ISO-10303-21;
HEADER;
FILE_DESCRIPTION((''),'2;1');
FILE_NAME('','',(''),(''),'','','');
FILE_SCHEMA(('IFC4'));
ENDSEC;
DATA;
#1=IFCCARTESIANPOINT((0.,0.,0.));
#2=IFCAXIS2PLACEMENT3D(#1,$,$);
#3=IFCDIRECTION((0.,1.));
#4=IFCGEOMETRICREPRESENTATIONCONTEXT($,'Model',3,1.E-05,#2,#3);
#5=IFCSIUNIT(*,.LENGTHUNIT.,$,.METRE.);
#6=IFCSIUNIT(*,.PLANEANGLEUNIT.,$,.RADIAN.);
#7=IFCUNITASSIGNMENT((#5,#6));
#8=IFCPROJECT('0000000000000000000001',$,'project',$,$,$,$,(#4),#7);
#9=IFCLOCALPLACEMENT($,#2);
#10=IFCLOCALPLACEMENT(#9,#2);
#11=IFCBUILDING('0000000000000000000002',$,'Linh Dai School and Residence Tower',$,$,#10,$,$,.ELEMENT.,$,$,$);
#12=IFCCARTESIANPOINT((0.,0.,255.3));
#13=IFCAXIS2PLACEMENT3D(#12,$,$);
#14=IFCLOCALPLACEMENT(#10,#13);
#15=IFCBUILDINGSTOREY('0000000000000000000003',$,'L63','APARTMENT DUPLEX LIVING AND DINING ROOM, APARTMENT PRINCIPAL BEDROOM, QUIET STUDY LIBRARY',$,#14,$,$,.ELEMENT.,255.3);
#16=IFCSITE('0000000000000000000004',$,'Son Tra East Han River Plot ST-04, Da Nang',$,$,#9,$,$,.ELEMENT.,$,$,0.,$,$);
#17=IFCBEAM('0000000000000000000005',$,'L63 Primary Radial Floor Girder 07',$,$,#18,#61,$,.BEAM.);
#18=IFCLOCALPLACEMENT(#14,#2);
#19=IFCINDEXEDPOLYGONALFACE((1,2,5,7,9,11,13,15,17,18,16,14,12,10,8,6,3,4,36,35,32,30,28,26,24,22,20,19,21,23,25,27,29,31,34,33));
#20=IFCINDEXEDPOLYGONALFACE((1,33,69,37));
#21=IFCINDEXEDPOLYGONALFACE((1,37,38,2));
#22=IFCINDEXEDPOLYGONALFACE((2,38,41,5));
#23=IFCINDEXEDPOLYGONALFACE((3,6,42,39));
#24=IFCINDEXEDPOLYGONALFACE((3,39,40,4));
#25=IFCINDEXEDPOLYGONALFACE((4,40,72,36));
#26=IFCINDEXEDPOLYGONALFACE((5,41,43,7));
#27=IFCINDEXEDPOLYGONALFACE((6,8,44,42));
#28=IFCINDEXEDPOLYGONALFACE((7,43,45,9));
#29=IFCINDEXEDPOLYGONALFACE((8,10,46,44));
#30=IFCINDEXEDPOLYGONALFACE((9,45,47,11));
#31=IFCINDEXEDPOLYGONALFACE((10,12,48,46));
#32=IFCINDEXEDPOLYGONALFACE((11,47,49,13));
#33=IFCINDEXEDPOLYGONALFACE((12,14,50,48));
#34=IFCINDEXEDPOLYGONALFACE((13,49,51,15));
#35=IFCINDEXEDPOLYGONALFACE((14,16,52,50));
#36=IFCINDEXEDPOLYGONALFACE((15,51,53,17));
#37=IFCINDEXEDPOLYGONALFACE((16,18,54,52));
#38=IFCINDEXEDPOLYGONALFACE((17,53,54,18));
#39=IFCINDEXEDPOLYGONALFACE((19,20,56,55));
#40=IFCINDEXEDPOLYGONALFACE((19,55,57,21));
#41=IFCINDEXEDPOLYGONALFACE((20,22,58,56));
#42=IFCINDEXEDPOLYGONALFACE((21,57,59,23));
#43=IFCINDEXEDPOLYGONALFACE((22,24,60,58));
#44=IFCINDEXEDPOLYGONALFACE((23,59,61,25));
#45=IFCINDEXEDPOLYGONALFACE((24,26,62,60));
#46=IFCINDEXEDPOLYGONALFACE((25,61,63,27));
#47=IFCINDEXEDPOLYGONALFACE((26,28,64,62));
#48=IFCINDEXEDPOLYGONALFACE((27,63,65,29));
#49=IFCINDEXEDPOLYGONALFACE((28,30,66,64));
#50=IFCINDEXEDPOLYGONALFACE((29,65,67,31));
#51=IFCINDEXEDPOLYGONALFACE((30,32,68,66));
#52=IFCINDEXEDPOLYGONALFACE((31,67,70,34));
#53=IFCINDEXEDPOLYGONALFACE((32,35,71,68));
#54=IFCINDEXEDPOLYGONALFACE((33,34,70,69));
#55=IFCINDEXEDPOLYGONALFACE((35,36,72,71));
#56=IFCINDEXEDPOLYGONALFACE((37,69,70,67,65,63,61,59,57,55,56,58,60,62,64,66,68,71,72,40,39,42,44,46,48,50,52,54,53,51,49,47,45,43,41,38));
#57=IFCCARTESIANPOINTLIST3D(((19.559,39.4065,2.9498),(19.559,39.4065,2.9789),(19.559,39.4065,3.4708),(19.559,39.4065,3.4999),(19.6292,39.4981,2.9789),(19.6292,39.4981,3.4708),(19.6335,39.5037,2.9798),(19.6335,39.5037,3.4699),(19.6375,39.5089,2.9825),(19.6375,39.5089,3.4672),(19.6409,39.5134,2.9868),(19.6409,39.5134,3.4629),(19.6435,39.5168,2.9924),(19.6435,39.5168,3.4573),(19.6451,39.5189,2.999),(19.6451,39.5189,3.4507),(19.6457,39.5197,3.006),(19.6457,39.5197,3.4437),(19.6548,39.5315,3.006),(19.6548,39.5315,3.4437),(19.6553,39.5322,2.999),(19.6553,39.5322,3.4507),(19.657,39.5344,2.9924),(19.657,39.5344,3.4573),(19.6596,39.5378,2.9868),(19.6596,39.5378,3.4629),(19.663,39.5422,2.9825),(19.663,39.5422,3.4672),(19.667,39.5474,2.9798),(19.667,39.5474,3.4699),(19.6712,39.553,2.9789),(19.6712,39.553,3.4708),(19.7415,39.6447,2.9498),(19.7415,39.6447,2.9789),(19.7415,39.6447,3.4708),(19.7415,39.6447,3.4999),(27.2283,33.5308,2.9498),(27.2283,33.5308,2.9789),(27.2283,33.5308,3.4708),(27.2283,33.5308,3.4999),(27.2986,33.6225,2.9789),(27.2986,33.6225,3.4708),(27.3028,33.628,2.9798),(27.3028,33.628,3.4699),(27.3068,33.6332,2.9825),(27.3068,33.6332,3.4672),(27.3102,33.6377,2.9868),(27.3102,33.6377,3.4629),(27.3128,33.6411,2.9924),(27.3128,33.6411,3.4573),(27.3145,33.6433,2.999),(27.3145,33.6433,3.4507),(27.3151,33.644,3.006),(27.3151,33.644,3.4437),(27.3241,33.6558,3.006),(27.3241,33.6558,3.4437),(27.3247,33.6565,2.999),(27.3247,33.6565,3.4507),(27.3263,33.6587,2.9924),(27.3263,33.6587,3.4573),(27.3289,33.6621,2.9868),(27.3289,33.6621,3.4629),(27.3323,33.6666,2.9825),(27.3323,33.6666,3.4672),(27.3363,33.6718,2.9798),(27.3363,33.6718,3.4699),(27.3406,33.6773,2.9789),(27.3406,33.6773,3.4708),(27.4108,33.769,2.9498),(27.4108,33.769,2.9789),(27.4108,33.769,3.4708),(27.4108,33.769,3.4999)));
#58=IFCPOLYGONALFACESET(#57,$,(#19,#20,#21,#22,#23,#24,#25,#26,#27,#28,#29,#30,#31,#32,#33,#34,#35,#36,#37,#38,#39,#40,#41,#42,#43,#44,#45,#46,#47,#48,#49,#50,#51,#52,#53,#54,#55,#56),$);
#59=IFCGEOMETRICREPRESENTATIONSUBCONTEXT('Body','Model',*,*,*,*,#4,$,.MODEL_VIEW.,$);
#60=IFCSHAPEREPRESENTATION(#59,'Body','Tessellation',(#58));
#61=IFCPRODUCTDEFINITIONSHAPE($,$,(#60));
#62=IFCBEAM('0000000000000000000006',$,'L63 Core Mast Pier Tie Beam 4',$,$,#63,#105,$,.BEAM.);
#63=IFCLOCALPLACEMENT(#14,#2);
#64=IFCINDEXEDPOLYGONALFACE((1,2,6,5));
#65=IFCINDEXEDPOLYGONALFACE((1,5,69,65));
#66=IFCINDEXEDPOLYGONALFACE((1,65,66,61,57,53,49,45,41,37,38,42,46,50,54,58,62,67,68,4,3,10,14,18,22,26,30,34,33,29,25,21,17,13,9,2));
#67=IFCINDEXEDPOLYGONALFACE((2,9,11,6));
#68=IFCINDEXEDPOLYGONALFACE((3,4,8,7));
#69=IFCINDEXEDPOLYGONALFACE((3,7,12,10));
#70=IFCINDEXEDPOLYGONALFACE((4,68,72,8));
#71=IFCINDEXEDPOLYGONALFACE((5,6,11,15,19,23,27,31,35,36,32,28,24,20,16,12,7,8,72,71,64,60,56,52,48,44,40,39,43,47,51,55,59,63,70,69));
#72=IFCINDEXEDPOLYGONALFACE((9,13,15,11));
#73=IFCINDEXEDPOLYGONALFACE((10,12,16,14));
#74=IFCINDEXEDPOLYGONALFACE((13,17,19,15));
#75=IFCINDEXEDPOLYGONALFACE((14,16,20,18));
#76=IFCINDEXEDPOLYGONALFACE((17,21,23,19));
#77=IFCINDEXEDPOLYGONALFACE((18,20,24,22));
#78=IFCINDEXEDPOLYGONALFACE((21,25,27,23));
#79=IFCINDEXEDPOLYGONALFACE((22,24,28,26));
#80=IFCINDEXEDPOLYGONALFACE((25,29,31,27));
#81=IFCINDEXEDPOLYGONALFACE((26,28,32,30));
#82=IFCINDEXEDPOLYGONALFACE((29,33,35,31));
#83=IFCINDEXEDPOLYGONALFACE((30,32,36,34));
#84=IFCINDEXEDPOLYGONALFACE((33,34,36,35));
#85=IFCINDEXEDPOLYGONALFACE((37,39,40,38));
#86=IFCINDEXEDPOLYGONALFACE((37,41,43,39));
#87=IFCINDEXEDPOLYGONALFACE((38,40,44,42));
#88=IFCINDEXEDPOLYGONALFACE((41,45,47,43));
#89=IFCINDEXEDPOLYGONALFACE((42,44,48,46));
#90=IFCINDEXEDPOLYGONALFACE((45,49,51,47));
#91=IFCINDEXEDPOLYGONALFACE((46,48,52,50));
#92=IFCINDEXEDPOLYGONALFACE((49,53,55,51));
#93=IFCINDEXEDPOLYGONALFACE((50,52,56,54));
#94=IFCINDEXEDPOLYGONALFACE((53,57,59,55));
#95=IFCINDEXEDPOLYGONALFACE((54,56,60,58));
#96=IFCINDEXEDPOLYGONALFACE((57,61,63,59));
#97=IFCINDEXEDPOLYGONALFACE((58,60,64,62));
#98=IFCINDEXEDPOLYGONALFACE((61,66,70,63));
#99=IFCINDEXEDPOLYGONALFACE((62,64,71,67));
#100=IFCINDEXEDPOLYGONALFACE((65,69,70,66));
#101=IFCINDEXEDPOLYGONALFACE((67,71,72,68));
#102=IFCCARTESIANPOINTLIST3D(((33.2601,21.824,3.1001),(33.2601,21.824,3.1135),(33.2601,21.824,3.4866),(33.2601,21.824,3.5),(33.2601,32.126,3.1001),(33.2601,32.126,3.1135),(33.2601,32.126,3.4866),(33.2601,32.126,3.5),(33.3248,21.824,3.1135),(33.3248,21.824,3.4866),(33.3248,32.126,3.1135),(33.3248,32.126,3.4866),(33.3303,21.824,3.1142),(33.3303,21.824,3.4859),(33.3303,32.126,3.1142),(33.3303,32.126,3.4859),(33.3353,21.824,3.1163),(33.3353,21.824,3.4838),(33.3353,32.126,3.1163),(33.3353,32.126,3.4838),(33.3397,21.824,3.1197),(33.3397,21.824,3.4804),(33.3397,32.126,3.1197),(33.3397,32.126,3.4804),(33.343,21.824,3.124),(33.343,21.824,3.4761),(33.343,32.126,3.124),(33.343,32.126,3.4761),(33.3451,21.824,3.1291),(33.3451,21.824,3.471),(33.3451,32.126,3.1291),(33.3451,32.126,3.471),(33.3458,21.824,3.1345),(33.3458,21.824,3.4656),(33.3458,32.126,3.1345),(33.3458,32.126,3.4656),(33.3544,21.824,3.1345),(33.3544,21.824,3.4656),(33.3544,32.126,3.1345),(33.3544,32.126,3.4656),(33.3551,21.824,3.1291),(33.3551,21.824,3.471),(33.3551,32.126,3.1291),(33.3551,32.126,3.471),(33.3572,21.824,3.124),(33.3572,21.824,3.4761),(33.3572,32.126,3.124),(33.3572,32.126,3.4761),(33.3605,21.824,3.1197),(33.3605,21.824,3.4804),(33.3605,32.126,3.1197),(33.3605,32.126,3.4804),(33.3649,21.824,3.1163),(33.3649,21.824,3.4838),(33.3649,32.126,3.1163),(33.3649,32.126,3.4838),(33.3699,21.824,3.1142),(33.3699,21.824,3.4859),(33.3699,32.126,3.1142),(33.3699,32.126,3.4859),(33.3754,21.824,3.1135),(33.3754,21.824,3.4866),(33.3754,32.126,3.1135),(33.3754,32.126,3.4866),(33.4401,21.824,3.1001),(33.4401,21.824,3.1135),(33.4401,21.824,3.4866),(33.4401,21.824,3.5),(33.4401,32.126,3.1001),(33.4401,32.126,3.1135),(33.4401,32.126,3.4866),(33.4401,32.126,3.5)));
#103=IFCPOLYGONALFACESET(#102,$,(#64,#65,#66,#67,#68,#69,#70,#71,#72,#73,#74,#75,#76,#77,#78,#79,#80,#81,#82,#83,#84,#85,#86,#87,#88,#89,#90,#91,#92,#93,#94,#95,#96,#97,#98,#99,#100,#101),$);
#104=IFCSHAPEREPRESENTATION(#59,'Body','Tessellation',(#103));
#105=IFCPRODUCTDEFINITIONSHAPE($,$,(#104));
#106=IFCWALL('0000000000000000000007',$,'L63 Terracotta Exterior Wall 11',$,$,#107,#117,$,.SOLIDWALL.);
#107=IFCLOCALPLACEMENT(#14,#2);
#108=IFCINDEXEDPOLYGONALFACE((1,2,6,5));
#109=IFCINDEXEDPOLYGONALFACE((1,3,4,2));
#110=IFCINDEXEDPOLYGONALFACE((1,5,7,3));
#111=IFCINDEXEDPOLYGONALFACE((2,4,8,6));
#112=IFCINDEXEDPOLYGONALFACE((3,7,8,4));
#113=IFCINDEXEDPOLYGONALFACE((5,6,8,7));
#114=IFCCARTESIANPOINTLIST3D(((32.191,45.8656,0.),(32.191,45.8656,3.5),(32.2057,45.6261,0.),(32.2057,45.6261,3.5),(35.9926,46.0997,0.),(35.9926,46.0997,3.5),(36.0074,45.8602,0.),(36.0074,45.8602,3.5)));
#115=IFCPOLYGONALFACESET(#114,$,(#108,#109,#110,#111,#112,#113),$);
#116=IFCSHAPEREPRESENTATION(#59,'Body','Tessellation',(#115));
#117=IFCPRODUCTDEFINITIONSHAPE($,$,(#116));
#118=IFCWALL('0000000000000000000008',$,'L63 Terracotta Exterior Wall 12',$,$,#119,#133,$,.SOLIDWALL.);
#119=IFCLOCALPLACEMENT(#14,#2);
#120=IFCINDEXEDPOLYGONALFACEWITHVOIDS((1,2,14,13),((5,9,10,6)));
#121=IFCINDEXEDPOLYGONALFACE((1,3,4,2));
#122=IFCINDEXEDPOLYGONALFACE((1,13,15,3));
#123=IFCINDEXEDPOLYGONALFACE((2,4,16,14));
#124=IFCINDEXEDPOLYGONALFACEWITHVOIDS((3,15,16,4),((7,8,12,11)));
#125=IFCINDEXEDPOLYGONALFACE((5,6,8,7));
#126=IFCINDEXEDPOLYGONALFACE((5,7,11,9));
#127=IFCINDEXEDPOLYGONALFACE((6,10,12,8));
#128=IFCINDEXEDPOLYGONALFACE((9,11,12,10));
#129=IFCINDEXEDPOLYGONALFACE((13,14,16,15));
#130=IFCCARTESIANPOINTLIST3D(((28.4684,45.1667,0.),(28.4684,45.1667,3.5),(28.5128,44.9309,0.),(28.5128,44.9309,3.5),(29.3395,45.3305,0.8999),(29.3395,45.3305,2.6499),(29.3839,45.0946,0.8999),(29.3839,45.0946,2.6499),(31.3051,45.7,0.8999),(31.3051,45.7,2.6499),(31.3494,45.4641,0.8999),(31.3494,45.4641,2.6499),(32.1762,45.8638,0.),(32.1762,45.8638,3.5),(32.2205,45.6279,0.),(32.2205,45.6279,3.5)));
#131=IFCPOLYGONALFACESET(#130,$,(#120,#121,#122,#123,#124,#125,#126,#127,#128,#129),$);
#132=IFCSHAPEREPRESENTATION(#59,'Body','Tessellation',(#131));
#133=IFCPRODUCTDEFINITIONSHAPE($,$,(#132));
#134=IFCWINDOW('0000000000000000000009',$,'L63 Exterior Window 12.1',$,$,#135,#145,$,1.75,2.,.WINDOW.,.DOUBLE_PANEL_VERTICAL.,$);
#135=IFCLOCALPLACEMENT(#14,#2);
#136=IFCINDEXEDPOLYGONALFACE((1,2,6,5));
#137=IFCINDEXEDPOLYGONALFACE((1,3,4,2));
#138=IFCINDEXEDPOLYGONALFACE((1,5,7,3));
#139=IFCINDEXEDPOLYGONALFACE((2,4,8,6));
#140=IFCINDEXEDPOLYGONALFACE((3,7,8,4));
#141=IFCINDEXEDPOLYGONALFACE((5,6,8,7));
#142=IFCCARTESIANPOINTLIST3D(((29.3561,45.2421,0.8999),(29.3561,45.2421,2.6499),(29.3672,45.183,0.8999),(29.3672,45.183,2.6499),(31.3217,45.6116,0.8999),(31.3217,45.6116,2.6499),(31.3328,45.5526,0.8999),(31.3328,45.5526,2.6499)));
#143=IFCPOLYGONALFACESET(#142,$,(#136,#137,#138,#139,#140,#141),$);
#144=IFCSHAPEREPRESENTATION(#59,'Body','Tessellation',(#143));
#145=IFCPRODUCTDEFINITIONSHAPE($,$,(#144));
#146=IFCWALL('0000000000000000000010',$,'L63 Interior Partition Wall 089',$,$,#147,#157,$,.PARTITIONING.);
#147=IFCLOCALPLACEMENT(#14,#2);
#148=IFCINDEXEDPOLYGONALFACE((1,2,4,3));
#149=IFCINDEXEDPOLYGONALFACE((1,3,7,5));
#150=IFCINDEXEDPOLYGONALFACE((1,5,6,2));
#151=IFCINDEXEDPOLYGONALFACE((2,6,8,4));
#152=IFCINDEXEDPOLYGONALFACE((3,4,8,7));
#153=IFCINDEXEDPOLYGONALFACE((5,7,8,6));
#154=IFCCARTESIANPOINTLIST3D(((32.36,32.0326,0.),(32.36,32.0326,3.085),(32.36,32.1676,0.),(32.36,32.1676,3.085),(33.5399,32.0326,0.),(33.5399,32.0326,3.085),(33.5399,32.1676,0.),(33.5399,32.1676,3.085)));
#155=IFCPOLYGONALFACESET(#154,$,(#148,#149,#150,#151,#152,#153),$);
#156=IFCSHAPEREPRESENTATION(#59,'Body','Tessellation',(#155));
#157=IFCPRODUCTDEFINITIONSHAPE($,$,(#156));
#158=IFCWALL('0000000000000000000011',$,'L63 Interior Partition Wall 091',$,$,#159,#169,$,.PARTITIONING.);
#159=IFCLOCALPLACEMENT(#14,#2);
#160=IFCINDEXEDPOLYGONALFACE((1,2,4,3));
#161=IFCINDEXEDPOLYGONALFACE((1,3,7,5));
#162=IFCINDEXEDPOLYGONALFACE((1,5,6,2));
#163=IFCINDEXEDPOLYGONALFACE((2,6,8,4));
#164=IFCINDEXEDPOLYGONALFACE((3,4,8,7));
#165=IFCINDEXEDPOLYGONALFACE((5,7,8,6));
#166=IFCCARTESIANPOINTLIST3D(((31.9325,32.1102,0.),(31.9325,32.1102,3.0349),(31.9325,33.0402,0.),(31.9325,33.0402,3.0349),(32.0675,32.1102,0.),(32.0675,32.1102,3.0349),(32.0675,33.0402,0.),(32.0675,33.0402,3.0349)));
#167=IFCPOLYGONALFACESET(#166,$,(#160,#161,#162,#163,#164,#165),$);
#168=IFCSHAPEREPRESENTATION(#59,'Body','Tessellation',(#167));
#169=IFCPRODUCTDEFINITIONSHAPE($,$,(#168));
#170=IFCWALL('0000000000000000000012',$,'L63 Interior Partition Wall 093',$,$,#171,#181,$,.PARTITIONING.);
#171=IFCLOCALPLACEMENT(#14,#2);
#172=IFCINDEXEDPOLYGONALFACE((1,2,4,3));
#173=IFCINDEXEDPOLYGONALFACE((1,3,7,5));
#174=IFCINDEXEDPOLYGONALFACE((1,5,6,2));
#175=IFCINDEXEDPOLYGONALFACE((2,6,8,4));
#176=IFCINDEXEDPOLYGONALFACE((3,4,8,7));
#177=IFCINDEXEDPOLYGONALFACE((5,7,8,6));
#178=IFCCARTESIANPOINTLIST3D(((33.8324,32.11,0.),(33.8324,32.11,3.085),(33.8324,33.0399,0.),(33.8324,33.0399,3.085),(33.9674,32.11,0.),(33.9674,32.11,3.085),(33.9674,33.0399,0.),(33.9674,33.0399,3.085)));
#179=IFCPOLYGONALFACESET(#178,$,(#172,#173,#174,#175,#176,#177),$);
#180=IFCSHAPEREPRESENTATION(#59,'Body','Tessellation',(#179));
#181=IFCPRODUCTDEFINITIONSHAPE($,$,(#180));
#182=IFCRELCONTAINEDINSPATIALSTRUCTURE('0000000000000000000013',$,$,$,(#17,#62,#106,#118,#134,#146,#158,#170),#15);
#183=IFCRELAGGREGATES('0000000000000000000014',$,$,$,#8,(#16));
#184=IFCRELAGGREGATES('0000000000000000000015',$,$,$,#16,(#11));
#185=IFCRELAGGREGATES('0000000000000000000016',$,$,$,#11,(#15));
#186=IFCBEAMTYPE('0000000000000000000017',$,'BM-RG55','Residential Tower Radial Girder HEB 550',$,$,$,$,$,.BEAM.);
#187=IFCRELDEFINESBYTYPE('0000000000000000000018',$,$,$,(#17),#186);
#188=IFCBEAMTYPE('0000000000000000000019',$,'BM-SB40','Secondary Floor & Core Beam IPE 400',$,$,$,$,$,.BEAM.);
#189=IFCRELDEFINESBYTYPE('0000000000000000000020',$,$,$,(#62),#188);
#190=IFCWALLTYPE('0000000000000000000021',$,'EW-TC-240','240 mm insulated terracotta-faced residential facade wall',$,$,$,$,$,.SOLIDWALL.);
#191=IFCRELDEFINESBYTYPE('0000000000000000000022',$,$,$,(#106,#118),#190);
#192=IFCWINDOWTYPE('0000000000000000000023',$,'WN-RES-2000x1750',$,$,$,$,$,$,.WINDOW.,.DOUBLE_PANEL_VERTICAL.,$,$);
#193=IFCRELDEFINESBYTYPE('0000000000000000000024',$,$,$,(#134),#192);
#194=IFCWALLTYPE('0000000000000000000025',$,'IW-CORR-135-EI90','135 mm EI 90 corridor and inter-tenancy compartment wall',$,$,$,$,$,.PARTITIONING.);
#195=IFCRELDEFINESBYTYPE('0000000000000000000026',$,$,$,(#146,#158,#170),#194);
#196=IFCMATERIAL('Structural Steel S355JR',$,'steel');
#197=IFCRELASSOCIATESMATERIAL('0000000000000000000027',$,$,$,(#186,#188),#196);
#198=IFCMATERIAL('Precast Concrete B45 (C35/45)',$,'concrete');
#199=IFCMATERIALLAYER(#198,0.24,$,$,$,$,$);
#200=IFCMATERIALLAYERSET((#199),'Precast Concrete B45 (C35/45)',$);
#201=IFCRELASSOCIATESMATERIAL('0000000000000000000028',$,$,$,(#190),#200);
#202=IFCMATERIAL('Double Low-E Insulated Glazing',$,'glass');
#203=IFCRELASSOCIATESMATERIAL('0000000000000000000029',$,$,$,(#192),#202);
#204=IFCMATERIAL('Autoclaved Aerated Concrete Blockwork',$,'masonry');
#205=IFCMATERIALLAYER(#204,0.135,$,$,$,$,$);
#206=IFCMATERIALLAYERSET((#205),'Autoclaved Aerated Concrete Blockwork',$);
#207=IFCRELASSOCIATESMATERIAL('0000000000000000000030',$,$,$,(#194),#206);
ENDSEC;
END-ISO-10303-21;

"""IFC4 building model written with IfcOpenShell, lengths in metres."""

from ifc_helpers import new_model, si_unit, direction, frame, frame_2d, origin, origin_2d, place, context, subcontext, project, spatial, rectangle, i_section, extrude, source, transform, mapped, material, layer, layer_set, material_profile, profile_set, type_object, element, fill, save


model = new_model("IFC4")

# Units and contexts
model_context = context("Model", 3, precision=1e-05, world=origin(), true_north=direction((0.0, 1.0)))
body_context = subcontext(model_context, "Body", "Model", "MODEL_VIEW")
ifc_project = project(units=[si_unit("LENGTHUNIT", "METRE"), si_unit("PLANEANGLEUNIT", "RADIAN")], contexts=[model_context])

# Site, building, storey
site_placement = place(None, origin())
site = spatial("IfcSite", under=ifc_project, at=site_placement, Name="Son Tra East Han River Plot ST-04, Da Nang", CompositionType="ELEMENT", RefElevation=0.0)
building_placement = place(site_placement, origin())
building = spatial("IfcBuilding", under=site, at=building_placement, Name="Linh Dai School and Residence Tower", CompositionType="ELEMENT")
storey_placement = place(building_placement, frame((0.0, 0.0, 255.3)))
storey = spatial("IfcBuildingStorey", under=building, at=storey_placement, Name="L63", Description="APARTMENT DUPLEX LIVING AND DINING ROOM, APARTMENT PRINCIPAL BEDROOM, QUIET STUDY LIBRARY", CompositionType="ELEMENT", Elevation=255.3)

# Shared definitions
ifc_material_1 = material(Name="Structural Steel S355JR", Category="steel")

# Beams
ifc_material_profile_1 = material_profile(ifc_material_1, i_section(OverallWidth=0.3, OverallDepth=0.55, WebThickness=0.0149, FlangeThickness=0.0291, FilletRadius=0.0271, at=origin_2d()), Name="HEB 550")
ifc_profile_set_1 = profile_set([ifc_material_profile_1], Name="Structural Steel S355JR")
beam_type_1 = type_object("IfcBeamType", Name="BM-RG55", Description="Residential Tower Radial Girder HEB 550", PredefinedType="BEAM", material=ifc_profile_set_1)
beam_1_placement = place(storey_placement, frame((27.3196, 33.6499, 3.2249), z_axis=(-0.793815, 0.60816, 0.0), x_axis=(-0.60816, -0.793815, 0.0)))
element("IfcBeam", 1, at=beam_1_placement, inside=storey, type_object=beam_type_1, Name="L63 Primary Radial Floor Girder 07", PredefinedType="BEAM", context=body_context, shape_type="SweptSolid", body=[
    extrude(i_section(OverallWidth=0.3, OverallDepth=0.55, WebThickness=0.0149, FlangeThickness=0.0291, FilletRadius=0.0271, at=origin_2d()), origin(), (0.0, 0.0, 1.0), 9.6614),
])
ifc_material_profile_2 = material_profile(ifc_material_1, i_section(OverallWidth=0.1799, OverallDepth=0.3999, WebThickness=0.0085, FlangeThickness=0.0134, FilletRadius=0.021, at=origin_2d()), Name="IPE 400")
ifc_profile_set_2 = profile_set([ifc_material_profile_2], Name="Structural Steel S355JR")
beam_type_2 = type_object("IfcBeamType", Name="BM-SB40", Description="Secondary Floor & Core Beam IPE 400", PredefinedType="BEAM", material=ifc_profile_set_2)
beam_2_placement = place(storey_placement, frame((33.3501, 32.126, 3.3), z_axis=(0.0, -1.0, 0.0), x_axis=(1.0, 0.0, 0.0)))
element("IfcBeam", 2, at=beam_2_placement, inside=storey, type_object=beam_type_2, Name="L63 Core Mast Pier Tie Beam 4", PredefinedType="BEAM", context=body_context, shape_type="SweptSolid", body=[
    extrude(i_section(OverallWidth=0.1799, OverallDepth=0.3999, WebThickness=0.0085, FlangeThickness=0.0134, FilletRadius=0.021, at=origin_2d()), origin(), (0.0, 0.0, 1.0), 10.302),
])

# Wall
ifc_material_2 = material(Name="Precast Concrete B45 (C35/45)", Category="concrete")
ifc_layer_1 = layer(ifc_material_2, 0.24)
ifc_layer_set_1 = layer_set([ifc_layer_1], Name="Precast Concrete B45 (C35/45)")
wall_type_1 = type_object("IfcWallType", Name="EW-TC-240", Description="240 mm insulated terracotta-faced residential facade wall", PredefinedType="SOLIDWALL", material=ifc_layer_set_1)
wall_1_placement = place(storey_placement, frame((32.1985, 45.7458, 0.0), z_axis=(0.0, 0.0, 1.0), x_axis=(0.998109, 0.061472, 0.0)))
element("IfcWall", 3, at=wall_1_placement, inside=storey, type_object=wall_type_1, Name="L63 Terracotta Exterior Wall 11", PredefinedType="SOLIDWALL", context=body_context, shape_type="SweptSolid", body=[
    extrude(rectangle(XDim=3.8088, YDim=0.24, at=frame_2d((1.9043, 0.0))), origin(), (0.0, 0.0, 1.0), 3.5),
])

# Wall, opening, window
wall_2_placement = place(storey_placement, frame((28.4907, 45.0488, 0.0), z_axis=(0.0, 0.0, 1.0), x_axis=(0.982785, 0.184753, 0.0)))
wall_2 = element("IfcWall", 4, at=wall_2_placement, inside=storey, type_object=wall_type_1, Name="L63 Terracotta Exterior Wall 12", PredefinedType="SOLIDWALL", context=body_context, shape_type="SweptSolid", body=[
    extrude(rectangle(XDim=3.7727, YDim=0.24, at=frame_2d((1.8862, 0.0))), origin(), (0.0, 0.0, 1.0), 3.5),
])
opening_1_placement = place(wall_2_placement, frame((0.8862, 0.0, 0.8999)))
opening_1 = element("IfcOpeningElement", 5, at=opening_1_placement, cuts=wall_2, PredefinedType="OPENING", context=body_context, shape_type="SweptSolid", body=[
    extrude(rectangle(XDim=2.0, YDim=1.75, at=origin_2d()), frame((1.0, 0.1299, 0.875), z_axis=(0.0, -1.0, 0.0), x_axis=(1.0, 0.0, 0.0)), (0.0, 0.0, 1.0), 0.26),
])
ifc_material_3 = material(Name="Double Low-E Insulated Glazing", Category="glass")
window_type = type_object("IfcWindowType", Name="WN-RES-2000x1750", PartitioningType="DOUBLE_PANEL_VERTICAL", PredefinedType="WINDOW", material=ifc_material_3)
shared_shape_1 = source(origin(), body_context, "Body", "SweptSolid", [
    extrude(rectangle(XDim=2.0, YDim=1.75, at=origin_2d()), frame((1.0, 0.03, 0.875), z_axis=(0.0, -1.0, 0.0), x_axis=(1.0, 0.0, 0.0)), (0.0, 0.0, 1.0), 0.0601),
])
window_placement = place(opening_1_placement, origin())
window = element("IfcWindow", 6, at=window_placement, inside=storey, type_object=window_type, Name="L63 Exterior Window 12.1", OverallHeight=1.75, OverallWidth=2.0, PartitioningType="DOUBLE_PANEL_VERTICAL", PredefinedType="WINDOW", context=body_context, shape_type="MappedRepresentation", body=[
    mapped(shared_shape_1, transform((0.0, 0.0, 0.0), x_axis=(1.0, 0.0, 0.0), y_axis=(0.0, 1.0, 0.0), z_axis=(0.0, 0.0, 1.0), scale=1.0)),
])
fill(opening_1, window)

# Walls
ifc_material_4 = material(Name="Autoclaved Aerated Concrete Blockwork", Category="masonry")
ifc_layer_2 = layer(ifc_material_4, 0.135)
ifc_layer_set_2 = layer_set([ifc_layer_2], Name="Autoclaved Aerated Concrete Blockwork")
wall_type_2 = type_object("IfcWallType", Name="IW-CORR-135-EI90", Description="135 mm EI 90 corridor and inter-tenancy compartment wall", PredefinedType="PARTITIONING", material=ifc_layer_set_2)
wall_3_placement = place(storey_placement, frame((32.3601, 32.1001, 0.0), z_axis=(0.0, 0.0, 1.0), x_axis=(1.0, 0.0, 0.0)))
element("IfcWall", 7, at=wall_3_placement, inside=storey, type_object=wall_type_2, Name="L63 Interior Partition Wall 089", PredefinedType="PARTITIONING", context=body_context, shape_type="SweptSolid", body=[
    extrude(rectangle(XDim=1.1799, YDim=0.135, at=frame_2d((0.5898, 0.0))), origin(), (0.0, 0.0, 1.0), 3.085),
])
wall_4_placement = place(storey_placement, frame((32.0, 33.04, 0.0), z_axis=(0.0, 0.0, 1.0), x_axis=(0.0, -1.0, 0.0)))
element("IfcWall", 8, at=wall_4_placement, inside=storey, type_object=wall_type_2, Name="L63 Interior Partition Wall 091", PredefinedType="PARTITIONING", context=body_context, shape_type="SweptSolid", body=[
    extrude(rectangle(XDim=0.9299, YDim=0.135, at=frame_2d((0.4648, 0.0))), origin(), (0.0, 0.0, 1.0), 3.0349),
])
wall_5_placement = place(storey_placement, frame((33.8999, 32.1101, 0.0), z_axis=(0.0, 0.0, 1.0), x_axis=(0.0, 1.0, 0.0)))
element("IfcWall", 9, at=wall_5_placement, inside=storey, type_object=wall_type_2, Name="L63 Interior Partition Wall 093", PredefinedType="PARTITIONING", context=body_context, shape_type="SweptSolid", body=[
    extrude(rectangle(XDim=0.9299, YDim=0.135, at=frame_2d((0.4648, 0.0))), origin(), (0.0, 0.0, 1.0), 3.085),
])

save(model, "model.ifc")
